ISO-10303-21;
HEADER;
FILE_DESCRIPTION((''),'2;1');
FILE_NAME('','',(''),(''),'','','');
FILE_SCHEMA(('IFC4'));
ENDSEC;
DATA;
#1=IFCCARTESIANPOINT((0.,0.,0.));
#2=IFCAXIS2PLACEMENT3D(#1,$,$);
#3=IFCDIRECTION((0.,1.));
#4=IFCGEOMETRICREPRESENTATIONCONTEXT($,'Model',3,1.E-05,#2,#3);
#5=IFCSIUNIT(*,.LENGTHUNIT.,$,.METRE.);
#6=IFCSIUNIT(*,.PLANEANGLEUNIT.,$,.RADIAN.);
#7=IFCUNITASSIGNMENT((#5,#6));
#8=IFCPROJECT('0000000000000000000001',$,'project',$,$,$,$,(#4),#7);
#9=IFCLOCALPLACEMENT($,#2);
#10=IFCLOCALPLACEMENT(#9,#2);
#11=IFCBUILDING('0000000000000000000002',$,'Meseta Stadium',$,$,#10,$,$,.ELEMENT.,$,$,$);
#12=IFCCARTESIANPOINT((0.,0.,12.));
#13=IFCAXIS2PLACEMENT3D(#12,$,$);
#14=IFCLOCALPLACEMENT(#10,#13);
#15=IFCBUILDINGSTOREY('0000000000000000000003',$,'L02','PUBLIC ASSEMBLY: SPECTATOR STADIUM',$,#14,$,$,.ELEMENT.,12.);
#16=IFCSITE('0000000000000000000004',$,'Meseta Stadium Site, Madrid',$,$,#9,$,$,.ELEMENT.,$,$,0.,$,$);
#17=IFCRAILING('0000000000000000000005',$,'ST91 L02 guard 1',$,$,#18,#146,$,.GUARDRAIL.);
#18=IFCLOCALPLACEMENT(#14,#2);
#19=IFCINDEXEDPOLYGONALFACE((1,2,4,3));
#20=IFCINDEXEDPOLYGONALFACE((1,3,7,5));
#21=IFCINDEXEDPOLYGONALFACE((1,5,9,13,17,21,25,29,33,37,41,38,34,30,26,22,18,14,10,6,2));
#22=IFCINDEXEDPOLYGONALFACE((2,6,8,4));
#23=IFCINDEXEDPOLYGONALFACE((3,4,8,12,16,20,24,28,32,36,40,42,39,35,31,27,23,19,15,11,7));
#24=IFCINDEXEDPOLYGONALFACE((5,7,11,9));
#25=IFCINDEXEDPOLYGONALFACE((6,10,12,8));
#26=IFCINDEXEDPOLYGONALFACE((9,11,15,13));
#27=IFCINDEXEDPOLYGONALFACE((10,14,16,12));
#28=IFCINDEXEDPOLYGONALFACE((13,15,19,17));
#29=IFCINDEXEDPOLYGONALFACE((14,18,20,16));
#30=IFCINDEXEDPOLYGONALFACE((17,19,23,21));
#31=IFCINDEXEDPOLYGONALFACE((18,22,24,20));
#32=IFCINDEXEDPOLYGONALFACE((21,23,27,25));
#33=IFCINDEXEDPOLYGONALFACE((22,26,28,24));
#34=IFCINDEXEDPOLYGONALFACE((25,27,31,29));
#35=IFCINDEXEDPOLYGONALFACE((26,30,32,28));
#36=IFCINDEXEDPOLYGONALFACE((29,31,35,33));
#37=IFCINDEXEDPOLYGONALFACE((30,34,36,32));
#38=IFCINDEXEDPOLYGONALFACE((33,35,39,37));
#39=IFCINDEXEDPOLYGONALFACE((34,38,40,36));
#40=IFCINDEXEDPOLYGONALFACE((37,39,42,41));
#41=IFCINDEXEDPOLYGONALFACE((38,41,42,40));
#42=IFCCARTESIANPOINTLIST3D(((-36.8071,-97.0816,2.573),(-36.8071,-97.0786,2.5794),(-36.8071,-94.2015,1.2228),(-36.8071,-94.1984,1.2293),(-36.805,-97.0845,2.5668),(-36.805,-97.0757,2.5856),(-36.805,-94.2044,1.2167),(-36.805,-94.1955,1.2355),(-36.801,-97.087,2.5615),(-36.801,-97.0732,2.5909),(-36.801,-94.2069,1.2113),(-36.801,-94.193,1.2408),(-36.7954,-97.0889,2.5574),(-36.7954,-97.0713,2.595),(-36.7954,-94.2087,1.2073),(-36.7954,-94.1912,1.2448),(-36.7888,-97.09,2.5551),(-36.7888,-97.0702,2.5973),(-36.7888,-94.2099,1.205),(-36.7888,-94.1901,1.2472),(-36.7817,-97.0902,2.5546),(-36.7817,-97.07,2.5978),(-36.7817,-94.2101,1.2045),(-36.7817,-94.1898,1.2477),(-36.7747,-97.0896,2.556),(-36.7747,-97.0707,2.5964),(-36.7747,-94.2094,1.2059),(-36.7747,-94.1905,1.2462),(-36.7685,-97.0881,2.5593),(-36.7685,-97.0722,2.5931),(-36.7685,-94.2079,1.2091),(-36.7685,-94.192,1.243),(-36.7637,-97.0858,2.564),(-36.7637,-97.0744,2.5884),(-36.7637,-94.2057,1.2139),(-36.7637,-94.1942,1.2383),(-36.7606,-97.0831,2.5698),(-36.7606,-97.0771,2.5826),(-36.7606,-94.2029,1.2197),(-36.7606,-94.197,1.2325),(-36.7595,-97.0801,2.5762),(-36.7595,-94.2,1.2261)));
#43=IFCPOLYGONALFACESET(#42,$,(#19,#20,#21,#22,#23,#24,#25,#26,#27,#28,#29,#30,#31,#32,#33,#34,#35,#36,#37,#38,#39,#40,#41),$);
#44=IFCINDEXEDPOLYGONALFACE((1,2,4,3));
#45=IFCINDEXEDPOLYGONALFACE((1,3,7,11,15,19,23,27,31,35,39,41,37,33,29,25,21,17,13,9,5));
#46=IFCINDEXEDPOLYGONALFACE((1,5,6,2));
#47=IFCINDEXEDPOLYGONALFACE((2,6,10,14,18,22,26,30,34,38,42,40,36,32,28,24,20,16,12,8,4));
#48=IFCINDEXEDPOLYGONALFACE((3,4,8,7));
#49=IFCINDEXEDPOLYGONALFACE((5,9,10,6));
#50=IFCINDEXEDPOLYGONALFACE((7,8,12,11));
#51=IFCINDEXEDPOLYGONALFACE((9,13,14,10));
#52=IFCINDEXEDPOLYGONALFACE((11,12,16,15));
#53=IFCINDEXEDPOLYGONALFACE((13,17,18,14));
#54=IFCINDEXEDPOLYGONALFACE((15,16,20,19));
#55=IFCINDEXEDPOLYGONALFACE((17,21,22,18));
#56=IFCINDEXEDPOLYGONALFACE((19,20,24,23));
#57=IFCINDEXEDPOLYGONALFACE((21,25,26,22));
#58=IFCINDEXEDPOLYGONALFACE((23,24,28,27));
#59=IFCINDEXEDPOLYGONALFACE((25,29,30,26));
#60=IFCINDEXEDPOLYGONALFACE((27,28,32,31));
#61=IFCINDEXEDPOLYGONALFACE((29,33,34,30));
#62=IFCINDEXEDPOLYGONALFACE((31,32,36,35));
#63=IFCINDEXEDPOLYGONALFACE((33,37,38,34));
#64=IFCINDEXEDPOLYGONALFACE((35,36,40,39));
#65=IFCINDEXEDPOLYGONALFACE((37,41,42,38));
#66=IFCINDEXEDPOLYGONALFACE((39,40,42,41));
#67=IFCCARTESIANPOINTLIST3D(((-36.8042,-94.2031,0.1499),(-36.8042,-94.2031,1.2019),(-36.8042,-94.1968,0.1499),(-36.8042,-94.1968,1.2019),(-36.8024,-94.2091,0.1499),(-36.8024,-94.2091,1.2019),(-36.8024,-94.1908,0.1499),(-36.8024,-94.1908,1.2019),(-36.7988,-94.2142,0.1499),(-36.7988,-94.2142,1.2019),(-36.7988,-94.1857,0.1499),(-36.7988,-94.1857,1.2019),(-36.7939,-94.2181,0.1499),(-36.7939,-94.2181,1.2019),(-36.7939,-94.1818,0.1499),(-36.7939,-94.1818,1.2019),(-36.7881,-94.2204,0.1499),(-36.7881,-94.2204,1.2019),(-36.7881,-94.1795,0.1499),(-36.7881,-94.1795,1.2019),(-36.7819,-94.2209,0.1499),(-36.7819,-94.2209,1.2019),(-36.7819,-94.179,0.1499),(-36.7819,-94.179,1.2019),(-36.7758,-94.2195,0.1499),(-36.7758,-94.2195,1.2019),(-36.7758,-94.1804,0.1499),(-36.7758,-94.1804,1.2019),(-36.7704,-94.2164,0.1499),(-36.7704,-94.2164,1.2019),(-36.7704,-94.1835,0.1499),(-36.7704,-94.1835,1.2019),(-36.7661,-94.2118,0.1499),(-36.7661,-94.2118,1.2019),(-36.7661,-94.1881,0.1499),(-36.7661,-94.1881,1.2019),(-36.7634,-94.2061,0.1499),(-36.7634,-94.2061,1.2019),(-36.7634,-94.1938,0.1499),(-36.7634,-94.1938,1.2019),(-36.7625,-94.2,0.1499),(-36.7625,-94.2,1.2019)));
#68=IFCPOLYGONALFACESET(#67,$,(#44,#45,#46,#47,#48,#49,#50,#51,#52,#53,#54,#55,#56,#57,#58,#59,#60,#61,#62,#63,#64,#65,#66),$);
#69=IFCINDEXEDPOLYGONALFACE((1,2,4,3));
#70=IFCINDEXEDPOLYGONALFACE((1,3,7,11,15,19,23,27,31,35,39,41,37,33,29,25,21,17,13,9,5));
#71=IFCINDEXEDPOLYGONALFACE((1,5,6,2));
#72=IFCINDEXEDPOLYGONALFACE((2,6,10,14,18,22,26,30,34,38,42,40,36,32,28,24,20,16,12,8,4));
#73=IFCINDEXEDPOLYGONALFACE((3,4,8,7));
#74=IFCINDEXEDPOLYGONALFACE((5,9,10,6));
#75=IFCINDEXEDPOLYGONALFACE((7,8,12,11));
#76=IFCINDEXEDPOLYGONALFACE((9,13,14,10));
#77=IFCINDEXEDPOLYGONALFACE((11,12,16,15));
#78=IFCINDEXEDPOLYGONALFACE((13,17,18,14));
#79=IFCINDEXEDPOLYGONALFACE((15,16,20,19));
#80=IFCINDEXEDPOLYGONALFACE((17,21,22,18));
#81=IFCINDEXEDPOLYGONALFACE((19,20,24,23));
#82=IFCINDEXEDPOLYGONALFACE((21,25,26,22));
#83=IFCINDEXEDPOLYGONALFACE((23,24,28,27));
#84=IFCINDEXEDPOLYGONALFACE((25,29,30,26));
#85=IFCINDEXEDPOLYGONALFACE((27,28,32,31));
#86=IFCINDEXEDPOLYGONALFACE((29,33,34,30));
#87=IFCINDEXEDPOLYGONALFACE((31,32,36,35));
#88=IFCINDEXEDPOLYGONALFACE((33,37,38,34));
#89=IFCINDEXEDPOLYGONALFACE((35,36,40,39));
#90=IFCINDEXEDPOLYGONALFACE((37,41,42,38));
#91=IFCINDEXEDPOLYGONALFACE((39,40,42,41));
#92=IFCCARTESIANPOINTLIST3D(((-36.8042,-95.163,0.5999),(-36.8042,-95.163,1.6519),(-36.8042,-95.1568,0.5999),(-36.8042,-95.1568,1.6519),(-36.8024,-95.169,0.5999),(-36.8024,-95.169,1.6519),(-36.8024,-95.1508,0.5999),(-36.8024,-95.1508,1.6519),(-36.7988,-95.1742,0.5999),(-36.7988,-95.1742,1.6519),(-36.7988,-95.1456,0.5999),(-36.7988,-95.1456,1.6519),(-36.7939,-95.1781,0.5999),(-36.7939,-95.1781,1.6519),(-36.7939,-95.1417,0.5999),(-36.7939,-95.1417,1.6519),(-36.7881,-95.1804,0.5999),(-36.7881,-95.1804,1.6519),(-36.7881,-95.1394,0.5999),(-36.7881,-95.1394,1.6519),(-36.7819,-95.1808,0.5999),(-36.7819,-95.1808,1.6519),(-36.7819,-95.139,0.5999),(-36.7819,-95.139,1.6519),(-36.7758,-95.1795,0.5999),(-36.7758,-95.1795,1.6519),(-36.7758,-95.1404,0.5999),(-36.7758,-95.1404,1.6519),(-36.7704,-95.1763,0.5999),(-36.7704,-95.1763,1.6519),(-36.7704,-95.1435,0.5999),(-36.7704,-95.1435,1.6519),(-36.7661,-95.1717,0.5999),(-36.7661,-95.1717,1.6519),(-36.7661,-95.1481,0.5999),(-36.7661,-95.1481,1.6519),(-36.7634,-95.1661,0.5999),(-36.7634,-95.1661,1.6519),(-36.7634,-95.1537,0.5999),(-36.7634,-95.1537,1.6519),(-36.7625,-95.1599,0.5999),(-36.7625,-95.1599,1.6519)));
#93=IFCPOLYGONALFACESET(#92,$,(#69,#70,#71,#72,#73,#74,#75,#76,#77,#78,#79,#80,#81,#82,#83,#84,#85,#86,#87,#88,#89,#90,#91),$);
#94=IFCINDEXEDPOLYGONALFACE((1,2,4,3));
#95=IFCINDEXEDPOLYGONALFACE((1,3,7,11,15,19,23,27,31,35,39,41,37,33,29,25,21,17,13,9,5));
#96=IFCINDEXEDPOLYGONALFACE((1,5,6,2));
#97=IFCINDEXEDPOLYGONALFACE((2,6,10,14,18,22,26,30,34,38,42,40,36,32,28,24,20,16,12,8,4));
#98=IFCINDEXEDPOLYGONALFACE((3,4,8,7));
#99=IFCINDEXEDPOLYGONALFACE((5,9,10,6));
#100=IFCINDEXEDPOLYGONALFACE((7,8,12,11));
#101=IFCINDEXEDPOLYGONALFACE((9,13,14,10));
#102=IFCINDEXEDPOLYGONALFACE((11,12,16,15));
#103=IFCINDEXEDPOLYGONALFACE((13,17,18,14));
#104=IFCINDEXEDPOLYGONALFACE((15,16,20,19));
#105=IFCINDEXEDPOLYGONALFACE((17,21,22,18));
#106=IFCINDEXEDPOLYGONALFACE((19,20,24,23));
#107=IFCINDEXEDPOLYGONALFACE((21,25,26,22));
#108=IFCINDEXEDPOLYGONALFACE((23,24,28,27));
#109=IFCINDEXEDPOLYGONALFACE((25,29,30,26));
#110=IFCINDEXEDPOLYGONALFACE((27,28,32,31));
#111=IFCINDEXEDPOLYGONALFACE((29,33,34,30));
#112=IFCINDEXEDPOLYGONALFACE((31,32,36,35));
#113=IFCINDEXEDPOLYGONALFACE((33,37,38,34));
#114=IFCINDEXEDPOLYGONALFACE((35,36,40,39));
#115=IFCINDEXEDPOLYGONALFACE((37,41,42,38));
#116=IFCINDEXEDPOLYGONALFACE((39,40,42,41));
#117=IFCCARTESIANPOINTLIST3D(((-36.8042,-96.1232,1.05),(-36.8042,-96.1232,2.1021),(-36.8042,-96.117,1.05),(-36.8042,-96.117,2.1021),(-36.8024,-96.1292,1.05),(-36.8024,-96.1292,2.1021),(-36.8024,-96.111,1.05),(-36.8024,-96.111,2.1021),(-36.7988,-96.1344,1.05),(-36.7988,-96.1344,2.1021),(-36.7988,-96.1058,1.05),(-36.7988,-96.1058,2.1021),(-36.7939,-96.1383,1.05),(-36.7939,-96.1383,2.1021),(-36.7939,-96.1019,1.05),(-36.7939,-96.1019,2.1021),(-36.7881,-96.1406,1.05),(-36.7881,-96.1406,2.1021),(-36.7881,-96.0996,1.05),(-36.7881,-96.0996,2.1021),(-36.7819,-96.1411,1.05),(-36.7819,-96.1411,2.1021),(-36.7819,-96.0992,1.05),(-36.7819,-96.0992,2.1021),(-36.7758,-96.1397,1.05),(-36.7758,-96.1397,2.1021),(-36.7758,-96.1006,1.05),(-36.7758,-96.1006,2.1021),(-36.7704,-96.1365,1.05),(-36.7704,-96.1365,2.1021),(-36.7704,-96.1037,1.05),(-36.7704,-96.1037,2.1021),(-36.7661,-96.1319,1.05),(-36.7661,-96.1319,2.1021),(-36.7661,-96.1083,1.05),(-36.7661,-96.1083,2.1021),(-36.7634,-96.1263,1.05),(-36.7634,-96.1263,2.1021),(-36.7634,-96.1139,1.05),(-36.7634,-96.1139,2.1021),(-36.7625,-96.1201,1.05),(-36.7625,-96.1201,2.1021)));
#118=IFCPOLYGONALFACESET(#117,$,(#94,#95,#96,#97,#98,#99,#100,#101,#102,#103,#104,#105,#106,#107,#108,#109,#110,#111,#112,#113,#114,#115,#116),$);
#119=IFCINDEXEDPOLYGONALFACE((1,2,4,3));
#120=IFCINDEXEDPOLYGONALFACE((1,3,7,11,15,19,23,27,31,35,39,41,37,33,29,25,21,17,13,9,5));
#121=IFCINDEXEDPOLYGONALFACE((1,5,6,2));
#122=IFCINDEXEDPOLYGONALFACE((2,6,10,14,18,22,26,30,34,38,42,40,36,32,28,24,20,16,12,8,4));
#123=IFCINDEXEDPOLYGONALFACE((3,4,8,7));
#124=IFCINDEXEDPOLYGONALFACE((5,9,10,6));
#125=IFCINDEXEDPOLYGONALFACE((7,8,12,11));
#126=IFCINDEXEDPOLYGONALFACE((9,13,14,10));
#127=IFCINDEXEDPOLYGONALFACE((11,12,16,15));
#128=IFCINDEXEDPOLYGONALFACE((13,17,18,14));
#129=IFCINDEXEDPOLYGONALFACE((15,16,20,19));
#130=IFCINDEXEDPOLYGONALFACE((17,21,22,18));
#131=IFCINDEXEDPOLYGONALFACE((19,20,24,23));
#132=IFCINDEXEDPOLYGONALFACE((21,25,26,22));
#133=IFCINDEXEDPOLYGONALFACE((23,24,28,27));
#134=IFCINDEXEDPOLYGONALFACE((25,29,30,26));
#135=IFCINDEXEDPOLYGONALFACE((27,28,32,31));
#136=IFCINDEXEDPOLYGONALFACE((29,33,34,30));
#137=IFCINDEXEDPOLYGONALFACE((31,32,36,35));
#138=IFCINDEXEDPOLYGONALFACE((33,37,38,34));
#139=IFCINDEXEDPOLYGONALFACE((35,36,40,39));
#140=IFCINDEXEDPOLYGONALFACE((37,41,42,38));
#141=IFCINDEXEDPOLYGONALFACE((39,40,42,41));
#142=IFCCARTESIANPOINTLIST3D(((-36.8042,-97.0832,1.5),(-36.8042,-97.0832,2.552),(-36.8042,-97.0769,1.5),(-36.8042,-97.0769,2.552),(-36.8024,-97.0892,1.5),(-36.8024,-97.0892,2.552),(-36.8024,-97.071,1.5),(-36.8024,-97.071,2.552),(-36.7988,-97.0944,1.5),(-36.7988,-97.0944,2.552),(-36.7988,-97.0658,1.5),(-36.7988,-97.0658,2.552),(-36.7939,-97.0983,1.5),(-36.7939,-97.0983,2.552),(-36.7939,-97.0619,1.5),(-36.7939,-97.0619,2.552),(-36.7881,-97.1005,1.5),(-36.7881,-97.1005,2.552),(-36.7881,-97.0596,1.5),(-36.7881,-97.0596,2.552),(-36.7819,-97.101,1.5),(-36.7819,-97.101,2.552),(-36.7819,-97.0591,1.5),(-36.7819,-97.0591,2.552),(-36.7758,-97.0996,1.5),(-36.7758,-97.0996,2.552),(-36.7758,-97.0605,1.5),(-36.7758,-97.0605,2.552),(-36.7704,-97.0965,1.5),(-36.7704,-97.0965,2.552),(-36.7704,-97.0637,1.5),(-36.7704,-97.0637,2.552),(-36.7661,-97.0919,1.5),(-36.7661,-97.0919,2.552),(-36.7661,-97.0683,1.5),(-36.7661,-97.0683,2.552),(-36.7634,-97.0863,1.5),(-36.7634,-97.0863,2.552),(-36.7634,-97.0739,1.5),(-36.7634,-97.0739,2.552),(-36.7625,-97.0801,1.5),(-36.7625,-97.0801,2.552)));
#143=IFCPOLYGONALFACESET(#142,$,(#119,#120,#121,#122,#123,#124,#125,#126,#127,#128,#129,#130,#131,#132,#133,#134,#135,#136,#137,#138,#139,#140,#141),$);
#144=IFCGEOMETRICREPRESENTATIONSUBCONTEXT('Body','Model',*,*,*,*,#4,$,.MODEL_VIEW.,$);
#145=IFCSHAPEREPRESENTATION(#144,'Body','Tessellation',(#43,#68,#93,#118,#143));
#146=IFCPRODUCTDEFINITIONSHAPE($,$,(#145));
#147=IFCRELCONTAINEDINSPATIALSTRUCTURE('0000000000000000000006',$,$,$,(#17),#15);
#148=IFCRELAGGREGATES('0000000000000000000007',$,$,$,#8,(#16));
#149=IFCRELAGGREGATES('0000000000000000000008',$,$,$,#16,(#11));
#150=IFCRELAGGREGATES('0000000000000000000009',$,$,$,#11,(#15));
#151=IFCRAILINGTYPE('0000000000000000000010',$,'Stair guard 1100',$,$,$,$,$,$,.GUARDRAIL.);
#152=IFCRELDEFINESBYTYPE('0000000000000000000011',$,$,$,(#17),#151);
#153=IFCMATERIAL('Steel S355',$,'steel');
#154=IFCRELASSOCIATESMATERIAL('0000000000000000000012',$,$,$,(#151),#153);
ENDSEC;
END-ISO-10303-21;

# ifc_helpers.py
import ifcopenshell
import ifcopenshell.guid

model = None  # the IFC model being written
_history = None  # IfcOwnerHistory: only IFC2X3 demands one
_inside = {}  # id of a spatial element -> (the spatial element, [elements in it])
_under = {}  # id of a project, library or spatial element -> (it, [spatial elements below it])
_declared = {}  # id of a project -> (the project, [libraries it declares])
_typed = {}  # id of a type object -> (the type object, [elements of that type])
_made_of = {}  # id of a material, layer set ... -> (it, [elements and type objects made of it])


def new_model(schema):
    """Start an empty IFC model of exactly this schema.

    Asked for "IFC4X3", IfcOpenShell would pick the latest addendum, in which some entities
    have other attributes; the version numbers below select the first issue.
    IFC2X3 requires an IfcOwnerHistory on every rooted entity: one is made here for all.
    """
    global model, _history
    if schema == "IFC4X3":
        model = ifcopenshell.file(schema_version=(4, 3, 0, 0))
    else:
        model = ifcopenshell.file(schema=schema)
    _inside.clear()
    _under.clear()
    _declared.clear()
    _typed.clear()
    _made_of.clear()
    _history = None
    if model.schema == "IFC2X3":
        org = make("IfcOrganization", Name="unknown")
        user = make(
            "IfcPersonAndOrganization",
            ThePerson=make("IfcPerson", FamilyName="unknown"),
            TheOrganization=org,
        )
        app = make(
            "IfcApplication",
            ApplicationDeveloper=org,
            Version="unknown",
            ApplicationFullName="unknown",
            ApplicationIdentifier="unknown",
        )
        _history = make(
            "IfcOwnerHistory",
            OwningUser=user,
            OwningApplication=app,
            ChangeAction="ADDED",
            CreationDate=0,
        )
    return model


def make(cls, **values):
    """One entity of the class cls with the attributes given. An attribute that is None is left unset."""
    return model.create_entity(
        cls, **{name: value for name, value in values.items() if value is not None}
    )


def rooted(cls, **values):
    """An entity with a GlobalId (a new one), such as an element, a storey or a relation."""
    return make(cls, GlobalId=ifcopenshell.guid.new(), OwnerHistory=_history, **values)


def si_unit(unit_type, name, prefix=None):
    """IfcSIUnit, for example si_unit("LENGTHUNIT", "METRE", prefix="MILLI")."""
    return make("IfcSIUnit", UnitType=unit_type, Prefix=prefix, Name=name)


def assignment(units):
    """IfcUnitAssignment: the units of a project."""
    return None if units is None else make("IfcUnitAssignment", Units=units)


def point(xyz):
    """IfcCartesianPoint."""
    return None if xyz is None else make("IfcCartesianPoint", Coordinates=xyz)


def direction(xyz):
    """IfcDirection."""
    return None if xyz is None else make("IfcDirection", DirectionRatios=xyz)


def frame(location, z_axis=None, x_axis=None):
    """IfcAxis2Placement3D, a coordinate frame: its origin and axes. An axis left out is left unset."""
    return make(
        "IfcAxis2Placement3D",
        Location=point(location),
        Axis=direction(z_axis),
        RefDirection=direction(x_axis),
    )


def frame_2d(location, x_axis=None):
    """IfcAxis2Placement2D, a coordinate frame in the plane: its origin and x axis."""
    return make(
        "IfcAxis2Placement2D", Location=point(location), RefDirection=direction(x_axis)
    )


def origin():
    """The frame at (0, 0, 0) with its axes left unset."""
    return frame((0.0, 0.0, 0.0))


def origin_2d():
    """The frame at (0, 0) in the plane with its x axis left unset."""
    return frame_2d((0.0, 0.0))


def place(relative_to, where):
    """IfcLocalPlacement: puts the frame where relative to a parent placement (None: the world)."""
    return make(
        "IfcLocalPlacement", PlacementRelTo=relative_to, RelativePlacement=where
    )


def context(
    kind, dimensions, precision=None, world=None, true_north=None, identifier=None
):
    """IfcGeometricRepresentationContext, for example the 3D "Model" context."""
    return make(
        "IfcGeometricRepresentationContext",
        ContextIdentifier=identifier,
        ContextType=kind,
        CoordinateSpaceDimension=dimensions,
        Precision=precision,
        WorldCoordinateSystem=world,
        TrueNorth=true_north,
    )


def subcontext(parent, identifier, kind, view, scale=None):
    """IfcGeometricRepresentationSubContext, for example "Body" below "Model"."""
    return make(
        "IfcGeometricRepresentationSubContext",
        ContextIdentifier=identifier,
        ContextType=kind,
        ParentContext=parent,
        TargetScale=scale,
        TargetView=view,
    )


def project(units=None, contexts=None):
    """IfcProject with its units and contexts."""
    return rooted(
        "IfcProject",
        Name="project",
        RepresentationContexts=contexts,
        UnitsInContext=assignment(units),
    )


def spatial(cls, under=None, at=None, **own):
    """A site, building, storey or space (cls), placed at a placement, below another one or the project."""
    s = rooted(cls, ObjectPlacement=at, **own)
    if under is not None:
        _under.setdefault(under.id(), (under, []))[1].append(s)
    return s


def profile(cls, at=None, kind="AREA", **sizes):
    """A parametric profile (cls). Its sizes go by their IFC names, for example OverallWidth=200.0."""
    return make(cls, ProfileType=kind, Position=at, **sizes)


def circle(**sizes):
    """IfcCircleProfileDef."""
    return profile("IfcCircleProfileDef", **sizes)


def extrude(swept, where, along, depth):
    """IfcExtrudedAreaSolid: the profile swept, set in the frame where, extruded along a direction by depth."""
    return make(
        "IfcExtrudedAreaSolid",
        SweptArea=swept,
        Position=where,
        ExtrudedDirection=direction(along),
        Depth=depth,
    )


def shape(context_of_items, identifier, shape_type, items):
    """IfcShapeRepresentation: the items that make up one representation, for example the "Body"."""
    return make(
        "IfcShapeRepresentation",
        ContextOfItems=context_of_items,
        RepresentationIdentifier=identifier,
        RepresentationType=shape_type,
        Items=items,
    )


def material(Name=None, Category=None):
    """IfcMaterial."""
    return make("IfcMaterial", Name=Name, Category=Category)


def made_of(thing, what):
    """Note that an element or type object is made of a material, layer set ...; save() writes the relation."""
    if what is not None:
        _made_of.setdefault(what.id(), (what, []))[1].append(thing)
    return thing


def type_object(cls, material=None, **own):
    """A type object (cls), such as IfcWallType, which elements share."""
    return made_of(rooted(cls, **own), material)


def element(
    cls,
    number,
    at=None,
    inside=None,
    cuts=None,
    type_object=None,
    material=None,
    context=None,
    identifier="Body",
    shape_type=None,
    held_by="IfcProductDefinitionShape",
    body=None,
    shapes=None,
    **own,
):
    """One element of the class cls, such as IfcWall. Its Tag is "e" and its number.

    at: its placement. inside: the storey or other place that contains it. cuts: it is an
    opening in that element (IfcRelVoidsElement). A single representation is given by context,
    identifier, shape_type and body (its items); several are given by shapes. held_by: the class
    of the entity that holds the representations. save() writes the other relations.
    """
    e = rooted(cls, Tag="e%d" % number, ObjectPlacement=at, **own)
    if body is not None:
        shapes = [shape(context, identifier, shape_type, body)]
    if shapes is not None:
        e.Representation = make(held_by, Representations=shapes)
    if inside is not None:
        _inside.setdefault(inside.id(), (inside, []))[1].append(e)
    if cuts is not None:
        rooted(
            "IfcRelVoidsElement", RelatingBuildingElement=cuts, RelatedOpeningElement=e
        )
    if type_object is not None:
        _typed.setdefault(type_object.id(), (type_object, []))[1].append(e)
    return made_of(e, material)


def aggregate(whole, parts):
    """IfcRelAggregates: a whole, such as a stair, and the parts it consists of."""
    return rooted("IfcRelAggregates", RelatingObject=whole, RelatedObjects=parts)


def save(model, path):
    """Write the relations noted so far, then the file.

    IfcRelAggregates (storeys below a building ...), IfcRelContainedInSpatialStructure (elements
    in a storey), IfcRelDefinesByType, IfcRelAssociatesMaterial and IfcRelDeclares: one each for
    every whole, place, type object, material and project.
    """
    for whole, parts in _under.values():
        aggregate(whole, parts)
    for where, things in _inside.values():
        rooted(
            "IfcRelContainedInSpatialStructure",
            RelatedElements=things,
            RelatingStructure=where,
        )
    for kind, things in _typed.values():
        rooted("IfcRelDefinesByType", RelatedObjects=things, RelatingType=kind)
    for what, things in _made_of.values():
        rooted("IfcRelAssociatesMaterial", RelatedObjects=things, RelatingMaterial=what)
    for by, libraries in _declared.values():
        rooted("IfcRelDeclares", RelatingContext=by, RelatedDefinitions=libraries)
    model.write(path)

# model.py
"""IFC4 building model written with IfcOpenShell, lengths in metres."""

from ifc_helpers import new_model, si_unit, direction, frame, origin, origin_2d, place, context, subcontext, project, spatial, circle, extrude, material, type_object, element, save


model = new_model("IFC4")

# Units and contexts
model_context = context("Model", 3, precision=1e-05, world=origin(), true_north=direction((0.0, 1.0)))
body_context = subcontext(model_context, "Body", "Model", "MODEL_VIEW")
ifc_project = project(units=[si_unit("LENGTHUNIT", "METRE"), si_unit("PLANEANGLEUNIT", "RADIAN")], contexts=[model_context])

# Site, building, storey
site_placement = place(None, origin())
site = spatial("IfcSite", under=ifc_project, at=site_placement, Name="Meseta Stadium Site, Madrid", CompositionType="ELEMENT", RefElevation=0.0)
building_placement = place(site_placement, origin())
building = spatial("IfcBuilding", under=site, at=building_placement, Name="Meseta Stadium", CompositionType="ELEMENT")
storey_placement = place(building_placement, frame((0.0, 0.0, 12.0)))
storey = spatial("IfcBuildingStorey", under=building, at=storey_placement, Name="L02", Description="PUBLIC ASSEMBLY: SPECTATOR STADIUM", CompositionType="ELEMENT", Elevation=12.0)

# Railing
ifc_material_1 = material(Name="Steel S355", Category="steel")
railing_type_1 = type_object("IfcRailingType", Name="Stair guard 1100", PredefinedType="GUARDRAIL", material=ifc_material_1)
for number, where, name in (
    (1, (-36.7834, -94.2, 0.1499), "ST91 L02 guard 1"),
):
    element("IfcRailing", number, at=place(storey_placement, frame(where)), inside=storey, type_object=railing_type_1, Name=name, PredefinedType="GUARDRAIL", context=body_context, shape_type="SweptSolid", body=[
        extrude(circle(Radius=0.0239, at=origin_2d()), frame((0.0, 0.0, 1.0762), z_axis=(0.0, -0.905454, 0.424444), x_axis=(1.0, 0.0, 0.0)), (0.0, 0.0, 1.0), 3.1809),
        extrude(circle(Radius=0.021, at=origin_2d()), origin(), (0.0, 0.0, 1.0), 1.052),
        extrude(circle(Radius=0.021, at=origin_2d()), frame((0.0, -0.96, 0.45)), (0.0, 0.0, 1.0), 1.052),
        extrude(circle(Radius=0.021, at=origin_2d()), frame((0.0, -1.9202, 0.9001)), (0.0, 0.0, 1.0), 1.052),
        extrude(circle(Radius=0.021, at=origin_2d()), frame((0.0, -2.8801, 1.3501)), (0.0, 0.0, 1.0), 1.052),
    ])

save(model, "model.ifc")
